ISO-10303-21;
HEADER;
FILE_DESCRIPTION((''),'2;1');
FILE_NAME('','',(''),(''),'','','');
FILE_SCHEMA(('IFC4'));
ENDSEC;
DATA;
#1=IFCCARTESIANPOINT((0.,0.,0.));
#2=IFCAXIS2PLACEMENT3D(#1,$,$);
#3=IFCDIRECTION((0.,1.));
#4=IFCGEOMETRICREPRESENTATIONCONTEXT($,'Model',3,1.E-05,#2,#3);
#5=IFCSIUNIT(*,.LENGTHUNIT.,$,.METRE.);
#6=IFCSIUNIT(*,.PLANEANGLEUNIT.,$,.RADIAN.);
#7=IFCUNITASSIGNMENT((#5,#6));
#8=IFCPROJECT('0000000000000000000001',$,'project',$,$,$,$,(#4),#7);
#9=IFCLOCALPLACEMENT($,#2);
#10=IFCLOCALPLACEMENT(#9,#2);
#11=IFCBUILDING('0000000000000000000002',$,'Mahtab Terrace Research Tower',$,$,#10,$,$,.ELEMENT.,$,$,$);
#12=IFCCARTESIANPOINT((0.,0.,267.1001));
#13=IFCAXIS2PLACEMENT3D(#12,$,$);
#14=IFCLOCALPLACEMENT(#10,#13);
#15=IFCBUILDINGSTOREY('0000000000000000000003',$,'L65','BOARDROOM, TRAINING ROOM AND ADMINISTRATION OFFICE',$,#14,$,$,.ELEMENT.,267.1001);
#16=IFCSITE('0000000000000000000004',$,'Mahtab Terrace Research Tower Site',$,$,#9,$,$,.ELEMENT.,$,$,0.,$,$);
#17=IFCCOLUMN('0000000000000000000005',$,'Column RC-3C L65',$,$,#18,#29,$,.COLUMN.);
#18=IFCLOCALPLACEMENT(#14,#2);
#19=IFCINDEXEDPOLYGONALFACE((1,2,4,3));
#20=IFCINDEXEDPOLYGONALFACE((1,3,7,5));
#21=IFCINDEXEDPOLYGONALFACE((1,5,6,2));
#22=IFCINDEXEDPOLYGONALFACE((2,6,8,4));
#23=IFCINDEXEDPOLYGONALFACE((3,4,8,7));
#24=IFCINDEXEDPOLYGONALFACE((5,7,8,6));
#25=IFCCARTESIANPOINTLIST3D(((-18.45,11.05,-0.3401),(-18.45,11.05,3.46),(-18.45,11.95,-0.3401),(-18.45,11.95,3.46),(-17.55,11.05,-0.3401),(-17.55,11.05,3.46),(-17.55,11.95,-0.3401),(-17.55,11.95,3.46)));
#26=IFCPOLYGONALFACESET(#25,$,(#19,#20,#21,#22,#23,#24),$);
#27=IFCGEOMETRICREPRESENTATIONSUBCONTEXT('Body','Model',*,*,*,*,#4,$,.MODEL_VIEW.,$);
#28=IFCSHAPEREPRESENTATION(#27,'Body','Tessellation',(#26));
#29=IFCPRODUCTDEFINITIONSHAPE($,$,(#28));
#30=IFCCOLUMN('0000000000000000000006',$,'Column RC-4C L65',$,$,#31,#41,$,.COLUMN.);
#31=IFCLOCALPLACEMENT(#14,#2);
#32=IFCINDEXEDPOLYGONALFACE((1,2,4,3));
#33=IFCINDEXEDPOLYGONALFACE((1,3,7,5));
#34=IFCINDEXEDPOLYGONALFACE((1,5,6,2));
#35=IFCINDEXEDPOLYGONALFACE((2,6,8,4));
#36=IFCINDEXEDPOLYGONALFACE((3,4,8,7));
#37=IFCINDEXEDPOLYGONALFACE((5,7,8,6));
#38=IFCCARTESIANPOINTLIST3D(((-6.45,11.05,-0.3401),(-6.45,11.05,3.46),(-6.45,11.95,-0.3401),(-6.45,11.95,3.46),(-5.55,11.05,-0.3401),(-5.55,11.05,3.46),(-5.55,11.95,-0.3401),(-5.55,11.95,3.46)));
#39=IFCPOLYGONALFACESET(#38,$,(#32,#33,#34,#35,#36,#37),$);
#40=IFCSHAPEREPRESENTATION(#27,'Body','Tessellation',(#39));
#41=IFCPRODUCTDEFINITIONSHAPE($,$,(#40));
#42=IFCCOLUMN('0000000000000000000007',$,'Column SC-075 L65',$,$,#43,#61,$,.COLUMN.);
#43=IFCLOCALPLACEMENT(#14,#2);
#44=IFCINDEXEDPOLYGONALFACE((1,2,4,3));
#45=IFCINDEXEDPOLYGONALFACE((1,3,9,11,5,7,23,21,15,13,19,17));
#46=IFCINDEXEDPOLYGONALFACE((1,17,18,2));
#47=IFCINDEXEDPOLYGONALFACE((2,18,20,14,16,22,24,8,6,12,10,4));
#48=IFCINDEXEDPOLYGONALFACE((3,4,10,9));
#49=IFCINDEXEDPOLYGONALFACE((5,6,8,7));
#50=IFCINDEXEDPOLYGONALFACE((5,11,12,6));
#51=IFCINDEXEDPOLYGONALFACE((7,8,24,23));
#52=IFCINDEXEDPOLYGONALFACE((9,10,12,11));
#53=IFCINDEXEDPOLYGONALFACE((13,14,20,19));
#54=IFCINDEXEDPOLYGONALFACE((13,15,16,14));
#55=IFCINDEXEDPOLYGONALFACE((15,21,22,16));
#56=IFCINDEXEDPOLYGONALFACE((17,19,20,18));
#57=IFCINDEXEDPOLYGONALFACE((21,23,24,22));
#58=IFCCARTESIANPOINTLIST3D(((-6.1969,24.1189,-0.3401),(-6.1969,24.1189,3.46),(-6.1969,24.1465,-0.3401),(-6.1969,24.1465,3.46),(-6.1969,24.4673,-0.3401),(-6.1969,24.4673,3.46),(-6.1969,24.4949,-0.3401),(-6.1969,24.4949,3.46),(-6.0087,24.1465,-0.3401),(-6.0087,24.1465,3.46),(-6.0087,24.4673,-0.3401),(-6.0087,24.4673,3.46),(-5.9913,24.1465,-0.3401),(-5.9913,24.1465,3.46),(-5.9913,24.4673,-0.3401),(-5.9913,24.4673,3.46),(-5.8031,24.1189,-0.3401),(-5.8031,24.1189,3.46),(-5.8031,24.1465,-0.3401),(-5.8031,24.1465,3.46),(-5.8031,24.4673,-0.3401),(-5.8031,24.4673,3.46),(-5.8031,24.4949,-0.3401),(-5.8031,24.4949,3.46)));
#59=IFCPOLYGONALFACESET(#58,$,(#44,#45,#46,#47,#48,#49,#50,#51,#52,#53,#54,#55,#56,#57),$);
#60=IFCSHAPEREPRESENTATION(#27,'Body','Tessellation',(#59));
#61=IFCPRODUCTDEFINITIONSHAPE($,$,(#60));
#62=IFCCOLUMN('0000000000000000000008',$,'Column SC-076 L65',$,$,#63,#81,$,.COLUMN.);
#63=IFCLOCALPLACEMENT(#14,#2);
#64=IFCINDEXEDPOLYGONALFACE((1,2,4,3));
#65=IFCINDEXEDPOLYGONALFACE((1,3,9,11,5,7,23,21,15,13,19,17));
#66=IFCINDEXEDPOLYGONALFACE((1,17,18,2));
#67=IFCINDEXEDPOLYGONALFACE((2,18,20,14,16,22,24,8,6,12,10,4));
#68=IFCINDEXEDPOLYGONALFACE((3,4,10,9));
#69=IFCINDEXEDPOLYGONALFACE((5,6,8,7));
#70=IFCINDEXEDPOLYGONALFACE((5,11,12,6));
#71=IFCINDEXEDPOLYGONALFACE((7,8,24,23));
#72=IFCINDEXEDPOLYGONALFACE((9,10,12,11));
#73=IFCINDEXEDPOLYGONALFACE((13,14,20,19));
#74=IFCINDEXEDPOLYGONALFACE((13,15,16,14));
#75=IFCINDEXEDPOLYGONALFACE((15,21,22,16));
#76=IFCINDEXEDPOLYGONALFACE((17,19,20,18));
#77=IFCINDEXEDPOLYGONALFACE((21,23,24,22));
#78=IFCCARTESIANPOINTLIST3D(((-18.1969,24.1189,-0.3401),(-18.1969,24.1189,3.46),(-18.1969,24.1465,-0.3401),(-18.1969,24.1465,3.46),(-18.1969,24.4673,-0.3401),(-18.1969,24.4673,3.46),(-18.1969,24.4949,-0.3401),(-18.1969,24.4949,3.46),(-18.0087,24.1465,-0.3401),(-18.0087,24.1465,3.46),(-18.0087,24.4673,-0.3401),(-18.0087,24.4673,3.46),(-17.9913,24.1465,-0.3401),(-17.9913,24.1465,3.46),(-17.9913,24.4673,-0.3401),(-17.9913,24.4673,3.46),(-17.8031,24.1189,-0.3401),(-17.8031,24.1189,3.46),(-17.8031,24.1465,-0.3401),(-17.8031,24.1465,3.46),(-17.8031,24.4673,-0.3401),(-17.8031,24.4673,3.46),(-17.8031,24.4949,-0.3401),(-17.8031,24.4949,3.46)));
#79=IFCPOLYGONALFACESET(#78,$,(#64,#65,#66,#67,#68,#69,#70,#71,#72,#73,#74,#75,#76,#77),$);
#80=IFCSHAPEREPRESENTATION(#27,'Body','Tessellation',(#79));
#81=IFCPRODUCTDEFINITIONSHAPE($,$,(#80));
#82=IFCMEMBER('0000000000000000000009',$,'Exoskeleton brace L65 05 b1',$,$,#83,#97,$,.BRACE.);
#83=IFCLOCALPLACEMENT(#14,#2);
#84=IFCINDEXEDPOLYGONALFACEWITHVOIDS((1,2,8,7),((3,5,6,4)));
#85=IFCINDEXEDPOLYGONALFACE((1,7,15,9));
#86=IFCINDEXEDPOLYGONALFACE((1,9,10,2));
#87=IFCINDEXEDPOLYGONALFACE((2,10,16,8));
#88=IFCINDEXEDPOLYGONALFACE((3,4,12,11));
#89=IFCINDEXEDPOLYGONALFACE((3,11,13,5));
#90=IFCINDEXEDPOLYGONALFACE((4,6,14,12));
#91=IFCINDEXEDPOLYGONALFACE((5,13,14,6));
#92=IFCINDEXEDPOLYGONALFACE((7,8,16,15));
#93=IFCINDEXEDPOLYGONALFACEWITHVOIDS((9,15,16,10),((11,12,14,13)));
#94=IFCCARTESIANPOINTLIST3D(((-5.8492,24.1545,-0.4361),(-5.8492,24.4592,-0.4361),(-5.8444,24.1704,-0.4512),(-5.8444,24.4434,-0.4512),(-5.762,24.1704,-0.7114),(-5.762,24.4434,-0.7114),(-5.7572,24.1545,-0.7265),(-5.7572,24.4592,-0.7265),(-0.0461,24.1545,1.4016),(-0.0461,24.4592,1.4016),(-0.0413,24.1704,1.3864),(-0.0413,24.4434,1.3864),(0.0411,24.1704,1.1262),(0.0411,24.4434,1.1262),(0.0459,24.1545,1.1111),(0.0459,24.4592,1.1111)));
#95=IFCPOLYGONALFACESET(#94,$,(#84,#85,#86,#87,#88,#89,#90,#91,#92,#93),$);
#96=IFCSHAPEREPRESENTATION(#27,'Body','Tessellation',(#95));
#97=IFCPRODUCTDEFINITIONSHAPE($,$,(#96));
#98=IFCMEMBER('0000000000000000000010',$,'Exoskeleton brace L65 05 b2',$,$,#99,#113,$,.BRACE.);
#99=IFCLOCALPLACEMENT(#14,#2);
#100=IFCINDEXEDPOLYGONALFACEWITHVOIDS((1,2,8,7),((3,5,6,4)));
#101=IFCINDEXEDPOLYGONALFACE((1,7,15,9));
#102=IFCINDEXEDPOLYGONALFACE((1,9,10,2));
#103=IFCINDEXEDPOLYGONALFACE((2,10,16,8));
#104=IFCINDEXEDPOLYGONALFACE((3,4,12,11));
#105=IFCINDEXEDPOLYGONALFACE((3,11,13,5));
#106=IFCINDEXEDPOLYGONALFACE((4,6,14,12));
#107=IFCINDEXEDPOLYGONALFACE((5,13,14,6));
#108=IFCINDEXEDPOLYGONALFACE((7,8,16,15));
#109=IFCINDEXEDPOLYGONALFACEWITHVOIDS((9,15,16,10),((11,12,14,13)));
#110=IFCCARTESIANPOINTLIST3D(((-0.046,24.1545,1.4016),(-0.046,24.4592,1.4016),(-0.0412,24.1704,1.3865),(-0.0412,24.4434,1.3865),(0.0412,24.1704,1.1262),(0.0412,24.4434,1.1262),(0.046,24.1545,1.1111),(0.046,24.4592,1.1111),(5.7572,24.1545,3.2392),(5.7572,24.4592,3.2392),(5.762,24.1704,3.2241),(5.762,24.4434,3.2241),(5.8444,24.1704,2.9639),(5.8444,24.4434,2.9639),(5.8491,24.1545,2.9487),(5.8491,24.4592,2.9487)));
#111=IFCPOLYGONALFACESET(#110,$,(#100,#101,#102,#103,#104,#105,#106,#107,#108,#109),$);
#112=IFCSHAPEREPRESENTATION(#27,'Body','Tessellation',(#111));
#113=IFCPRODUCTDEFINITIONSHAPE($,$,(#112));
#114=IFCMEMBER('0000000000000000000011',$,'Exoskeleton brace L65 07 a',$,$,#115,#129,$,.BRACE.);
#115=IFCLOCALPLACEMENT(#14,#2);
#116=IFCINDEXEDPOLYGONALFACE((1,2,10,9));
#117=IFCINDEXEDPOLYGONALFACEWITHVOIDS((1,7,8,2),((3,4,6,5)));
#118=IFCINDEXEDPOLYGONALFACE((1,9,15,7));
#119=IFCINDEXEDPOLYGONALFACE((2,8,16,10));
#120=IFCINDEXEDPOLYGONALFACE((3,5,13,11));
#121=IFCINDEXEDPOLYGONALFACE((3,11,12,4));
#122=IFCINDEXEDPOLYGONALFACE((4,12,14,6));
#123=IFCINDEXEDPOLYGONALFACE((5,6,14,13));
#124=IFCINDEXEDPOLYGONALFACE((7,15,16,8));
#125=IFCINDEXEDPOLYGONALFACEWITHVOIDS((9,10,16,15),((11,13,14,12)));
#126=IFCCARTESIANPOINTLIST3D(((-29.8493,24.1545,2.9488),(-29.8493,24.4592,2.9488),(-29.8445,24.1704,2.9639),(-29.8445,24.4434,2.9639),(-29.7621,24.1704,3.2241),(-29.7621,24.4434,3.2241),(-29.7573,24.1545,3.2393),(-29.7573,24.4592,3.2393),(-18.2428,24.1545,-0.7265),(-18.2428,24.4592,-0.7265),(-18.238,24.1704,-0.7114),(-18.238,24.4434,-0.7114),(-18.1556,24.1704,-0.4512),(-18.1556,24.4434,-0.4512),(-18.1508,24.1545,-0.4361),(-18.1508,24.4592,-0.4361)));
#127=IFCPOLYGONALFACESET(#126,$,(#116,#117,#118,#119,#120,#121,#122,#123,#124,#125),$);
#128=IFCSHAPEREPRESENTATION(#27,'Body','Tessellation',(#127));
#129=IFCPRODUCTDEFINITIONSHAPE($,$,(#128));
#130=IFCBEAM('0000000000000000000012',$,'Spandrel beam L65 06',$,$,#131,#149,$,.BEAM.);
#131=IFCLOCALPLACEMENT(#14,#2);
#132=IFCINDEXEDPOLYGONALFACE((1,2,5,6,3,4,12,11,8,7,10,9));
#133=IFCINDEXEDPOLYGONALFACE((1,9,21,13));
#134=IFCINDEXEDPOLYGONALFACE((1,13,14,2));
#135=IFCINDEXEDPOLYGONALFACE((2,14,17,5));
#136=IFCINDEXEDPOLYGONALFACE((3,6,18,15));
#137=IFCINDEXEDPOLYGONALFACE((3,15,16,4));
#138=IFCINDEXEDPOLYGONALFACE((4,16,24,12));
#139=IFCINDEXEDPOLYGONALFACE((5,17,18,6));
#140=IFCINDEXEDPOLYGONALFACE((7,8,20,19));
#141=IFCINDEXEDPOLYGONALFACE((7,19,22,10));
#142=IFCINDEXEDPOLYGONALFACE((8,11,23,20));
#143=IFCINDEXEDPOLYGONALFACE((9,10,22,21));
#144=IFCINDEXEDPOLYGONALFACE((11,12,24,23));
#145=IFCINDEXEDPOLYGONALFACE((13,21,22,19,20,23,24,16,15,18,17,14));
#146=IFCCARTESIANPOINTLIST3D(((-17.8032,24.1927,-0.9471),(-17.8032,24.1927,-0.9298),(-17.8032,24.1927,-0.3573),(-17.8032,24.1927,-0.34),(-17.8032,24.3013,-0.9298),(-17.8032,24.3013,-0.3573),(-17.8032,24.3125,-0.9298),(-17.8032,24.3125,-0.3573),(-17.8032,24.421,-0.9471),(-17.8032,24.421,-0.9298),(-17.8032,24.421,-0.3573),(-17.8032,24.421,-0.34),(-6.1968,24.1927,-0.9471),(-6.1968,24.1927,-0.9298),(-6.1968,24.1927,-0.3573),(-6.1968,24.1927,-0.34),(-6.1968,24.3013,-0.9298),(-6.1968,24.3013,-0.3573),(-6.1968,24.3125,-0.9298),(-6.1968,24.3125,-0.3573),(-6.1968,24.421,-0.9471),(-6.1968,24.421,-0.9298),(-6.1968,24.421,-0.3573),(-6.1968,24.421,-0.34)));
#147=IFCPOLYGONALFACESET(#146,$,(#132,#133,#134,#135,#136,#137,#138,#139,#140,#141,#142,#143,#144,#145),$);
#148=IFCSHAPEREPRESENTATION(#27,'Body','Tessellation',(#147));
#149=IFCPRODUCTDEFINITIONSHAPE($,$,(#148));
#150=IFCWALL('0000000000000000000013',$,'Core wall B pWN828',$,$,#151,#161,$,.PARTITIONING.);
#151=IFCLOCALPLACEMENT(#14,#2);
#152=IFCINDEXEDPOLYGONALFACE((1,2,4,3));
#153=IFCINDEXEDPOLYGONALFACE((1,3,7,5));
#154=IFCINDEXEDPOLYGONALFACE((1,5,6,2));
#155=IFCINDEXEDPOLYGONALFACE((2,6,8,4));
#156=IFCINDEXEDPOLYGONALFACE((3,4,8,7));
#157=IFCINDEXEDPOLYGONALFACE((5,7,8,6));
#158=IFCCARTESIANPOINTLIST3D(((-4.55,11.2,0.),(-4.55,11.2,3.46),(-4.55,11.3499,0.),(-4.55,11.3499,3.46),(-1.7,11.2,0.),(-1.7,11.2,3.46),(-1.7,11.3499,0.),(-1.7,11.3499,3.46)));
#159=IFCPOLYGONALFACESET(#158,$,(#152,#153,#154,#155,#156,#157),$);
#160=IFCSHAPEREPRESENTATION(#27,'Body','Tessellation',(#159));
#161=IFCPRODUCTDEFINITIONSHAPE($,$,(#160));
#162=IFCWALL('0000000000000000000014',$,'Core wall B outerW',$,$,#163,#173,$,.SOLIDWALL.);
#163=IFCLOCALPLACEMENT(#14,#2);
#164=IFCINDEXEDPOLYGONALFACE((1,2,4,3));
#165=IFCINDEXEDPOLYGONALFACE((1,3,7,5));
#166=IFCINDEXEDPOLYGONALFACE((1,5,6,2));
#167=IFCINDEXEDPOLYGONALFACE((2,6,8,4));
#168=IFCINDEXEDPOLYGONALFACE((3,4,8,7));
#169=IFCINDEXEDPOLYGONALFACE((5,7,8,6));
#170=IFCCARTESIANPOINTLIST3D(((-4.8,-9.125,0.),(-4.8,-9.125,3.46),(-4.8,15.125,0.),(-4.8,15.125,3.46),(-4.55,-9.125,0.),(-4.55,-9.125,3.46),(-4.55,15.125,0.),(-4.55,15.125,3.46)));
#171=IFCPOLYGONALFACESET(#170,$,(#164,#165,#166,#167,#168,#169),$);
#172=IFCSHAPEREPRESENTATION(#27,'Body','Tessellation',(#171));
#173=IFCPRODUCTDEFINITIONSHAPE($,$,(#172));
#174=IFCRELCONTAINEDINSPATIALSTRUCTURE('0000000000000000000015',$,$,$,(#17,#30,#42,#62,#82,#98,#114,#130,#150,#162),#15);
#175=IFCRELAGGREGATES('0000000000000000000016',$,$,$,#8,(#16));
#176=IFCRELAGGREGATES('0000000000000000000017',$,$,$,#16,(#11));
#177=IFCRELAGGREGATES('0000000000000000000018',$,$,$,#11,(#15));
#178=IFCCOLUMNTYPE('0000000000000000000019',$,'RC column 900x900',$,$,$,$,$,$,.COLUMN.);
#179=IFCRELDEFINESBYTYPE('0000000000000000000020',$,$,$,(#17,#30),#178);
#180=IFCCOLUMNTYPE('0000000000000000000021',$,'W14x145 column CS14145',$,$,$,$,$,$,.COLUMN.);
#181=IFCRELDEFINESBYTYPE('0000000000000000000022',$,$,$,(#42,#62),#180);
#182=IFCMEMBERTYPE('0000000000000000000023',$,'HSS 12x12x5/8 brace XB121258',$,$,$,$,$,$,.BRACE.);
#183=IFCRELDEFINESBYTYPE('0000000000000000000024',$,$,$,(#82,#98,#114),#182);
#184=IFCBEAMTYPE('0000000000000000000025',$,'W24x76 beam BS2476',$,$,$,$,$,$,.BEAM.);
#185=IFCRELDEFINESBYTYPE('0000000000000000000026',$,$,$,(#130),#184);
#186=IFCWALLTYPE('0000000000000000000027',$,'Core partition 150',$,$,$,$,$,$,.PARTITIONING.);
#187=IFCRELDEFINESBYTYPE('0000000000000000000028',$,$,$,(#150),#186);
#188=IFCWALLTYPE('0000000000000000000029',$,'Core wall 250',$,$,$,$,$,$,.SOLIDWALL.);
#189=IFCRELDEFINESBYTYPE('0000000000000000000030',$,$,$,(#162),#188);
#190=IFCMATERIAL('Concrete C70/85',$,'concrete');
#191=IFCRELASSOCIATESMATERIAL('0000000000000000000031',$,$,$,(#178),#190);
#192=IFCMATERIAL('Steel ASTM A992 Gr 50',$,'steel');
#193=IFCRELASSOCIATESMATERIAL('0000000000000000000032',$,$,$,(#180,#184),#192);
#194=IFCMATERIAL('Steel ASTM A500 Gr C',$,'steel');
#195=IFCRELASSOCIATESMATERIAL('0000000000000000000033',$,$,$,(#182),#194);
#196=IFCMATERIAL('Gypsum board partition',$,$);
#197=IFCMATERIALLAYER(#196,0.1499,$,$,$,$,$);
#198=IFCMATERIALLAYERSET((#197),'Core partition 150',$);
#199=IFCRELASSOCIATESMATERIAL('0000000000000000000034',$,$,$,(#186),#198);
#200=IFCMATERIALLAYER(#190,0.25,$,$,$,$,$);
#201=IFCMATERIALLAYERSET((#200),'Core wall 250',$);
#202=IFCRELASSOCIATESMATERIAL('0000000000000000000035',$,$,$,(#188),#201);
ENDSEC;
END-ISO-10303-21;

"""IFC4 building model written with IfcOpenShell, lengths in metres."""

from ifc_helpers import new_model, si_unit, direction, frame, frame_2d, origin, origin_2d, place, context, subcontext, project, spatial, rectangle, hollow_rectangle, i_section, extrude, material, layer, layer_set, material_profile, profile_set, type_object, element, save


model = new_model("IFC4")

# Units and contexts
model_context = context("Model", 3, precision=1e-05, world=origin(), true_north=direction((0.0, 1.0)))
body_context = subcontext(model_context, "Body", "Model", "MODEL_VIEW")
ifc_project = project(units=[si_unit("LENGTHUNIT", "METRE"), si_unit("PLANEANGLEUNIT", "RADIAN")], contexts=[model_context])

# Site, building, storey
site_placement = place(None, origin())
site = spatial("IfcSite", under=ifc_project, at=site_placement, Name="Mahtab Terrace Research Tower Site", CompositionType="ELEMENT", RefElevation=0.0)
building_placement = place(site_placement, origin())
building = spatial("IfcBuilding", under=site, at=building_placement, Name="Mahtab Terrace Research Tower", CompositionType="ELEMENT")
storey_placement = place(building_placement, frame((0.0, 0.0, 267.1001)))
storey = spatial("IfcBuildingStorey", under=building, at=storey_placement, Name="L65", Description="BOARDROOM, TRAINING ROOM AND ADMINISTRATION OFFICE", CompositionType="ELEMENT", Elevation=267.1001)

# Columns
ifc_material_1 = material(Name="Concrete C70/85", Category="concrete")
ifc_material_profile_1 = material_profile(ifc_material_1, rectangle(XDim=0.8999, YDim=0.8999, at=origin_2d()), Name="RC column 900x900")
ifc_profile_set_1 = profile_set([ifc_material_profile_1], Name="Concrete C70/85")
column_type_1 = type_object("IfcColumnType", Name="RC column 900x900", PredefinedType="COLUMN", material=ifc_profile_set_1)
for number, where, z_axis, x_axis, name in (
    (1, (-18.0, 11.5, -0.3401), (0.0, 0.0, 1.0), (1.0, 0.0, 0.0), "Column RC-3C L65"),
    (2, (-6.0, 11.5, -0.3401), (0.0, 0.0, 1.0), (1.0, 0.0, 0.0), "Column RC-4C L65"),
):
    element("IfcColumn", number, at=place(storey_placement, frame(where, z_axis=z_axis, x_axis=x_axis)), inside=storey, type_object=column_type_1, Name=name, PredefinedType="COLUMN", context=body_context, shape_type="SweptSolid", body=[
        extrude(rectangle(XDim=0.8999, YDim=0.8999, at=origin_2d()), origin(), (0.0, 0.0, 1.0), 3.8),
    ])
ifc_material_2 = material(Name="Steel ASTM A992 Gr 50", Category="steel")
ifc_material_profile_2 = material_profile(ifc_material_2, i_section(OverallWidth=0.3938, OverallDepth=0.376, WebThickness=0.0173, FlangeThickness=0.0276, at=origin_2d()), Name="W14X145")
ifc_profile_set_2 = profile_set([ifc_material_profile_2], Name="Steel ASTM A992 Gr 50")
column_type_2 = type_object("IfcColumnType", Name="W14x145 column CS14145", PredefinedType="COLUMN", material=ifc_profile_set_2)
for number, where, z_axis, x_axis, name in (
    (3, (-6.0, 24.3069, -0.3401), (0.0, 0.0, 1.0), (1.0, 0.0, 0.0), "Column SC-075 L65"),
    (4, (-18.0, 24.3069, -0.3401), (0.0, 0.0, 1.0), (1.0, 0.0, 0.0), "Column SC-076 L65"),
):
    element("IfcColumn", number, at=place(storey_placement, frame(where, z_axis=z_axis, x_axis=x_axis)), inside=storey, type_object=column_type_2, Name=name, PredefinedType="COLUMN", context=body_context, shape_type="SweptSolid", body=[
        extrude(i_section(OverallWidth=0.3938, OverallDepth=0.376, WebThickness=0.0173, FlangeThickness=0.0276, at=origin_2d()), origin(), (0.0, 0.0, 1.0), 3.8),
    ])

# Members
ifc_material_3 = material(Name="Steel ASTM A500 Gr C", Category="steel")
ifc_material_profile_3 = material_profile(ifc_material_3, hollow_rectangle(XDim=0.3047, YDim=0.3047, WallThickness=0.0159, at=origin_2d()), Name="HSS12X12X5/8")
ifc_profile_set_3 = profile_set([ifc_material_profile_3], Name="Steel ASTM A500 Gr C")
member_type = type_object("IfcMemberType", Name="HSS 12x12x5/8 brace XB121258", PredefinedType="BRACE", material=ifc_profile_set_3)
for number, where, z_axis, x_axis, name in (
    (5, (-5.8032, 24.3069, -0.5813), (0.953344, 0.0, 0.301886), (0.0, 1.0, 0.0), "Exoskeleton brace L65 05 b1"),
    (6, (0.0, 24.3069, 1.2563), (0.953344, 0.0, 0.301886), (0.0, 1.0, 0.0), "Exoskeleton brace L65 05 b2"),
):
    element("IfcMember", number, at=place(storey_placement, frame(where, z_axis=z_axis, x_axis=x_axis)), inside=storey, type_object=member_type, Name=name, PredefinedType="BRACE", context=body_context, shape_type="SweptSolid", body=[
        extrude(hollow_rectangle(XDim=0.3047, YDim=0.3047, WallThickness=0.0159, at=origin_2d()), origin(), (0.0, 0.0, 1.0), 6.0872),
    ])
member_placement = place(storey_placement, frame((-18.1968, 24.3069, -0.5813), z_axis=(-0.953344, 0.0, 0.301886), x_axis=(0.0, -1.0, 0.0)))
element("IfcMember", 7, at=member_placement, inside=storey, type_object=member_type, Name="Exoskeleton brace L65 07 a", PredefinedType="BRACE", context=body_context, shape_type="SweptSolid", body=[
    extrude(hollow_rectangle(XDim=0.3047, YDim=0.3047, WallThickness=0.0159, at=origin_2d()), origin(), (0.0, 0.0, 1.0), 12.1746),
])

# Beam
ifc_material_profile_4 = material_profile(ifc_material_2, i_section(OverallWidth=0.2283, OverallDepth=0.6072, WebThickness=0.0112, FlangeThickness=0.0173, at=origin_2d()), Name="W24X76")
ifc_profile_set_4 = profile_set([ifc_material_profile_4], Name="Steel ASTM A992 Gr 50")
beam_type = type_object("IfcBeamType", Name="W24x76 beam BS2476", PredefinedType="BEAM", material=ifc_profile_set_4)
beam_placement = place(storey_placement, frame((-6.1968, 24.3069, -0.6436), z_axis=(-1.0, 0.0, 0.0), x_axis=(0.0, -1.0, 0.0)))
element("IfcBeam", 8, at=beam_placement, inside=storey, type_object=beam_type, Name="Spandrel beam L65 06", PredefinedType="BEAM", context=body_context, shape_type="SweptSolid", body=[
    extrude(i_section(OverallWidth=0.2283, OverallDepth=0.6072, WebThickness=0.0112, FlangeThickness=0.0173, at=origin_2d()), origin(), (0.0, 0.0, 1.0), 11.6064),
])

# Walls
ifc_material_4 = material(Name="Gypsum board partition")
ifc_layer_1 = layer(ifc_material_4, 0.1499)
ifc_layer_set_1 = layer_set([ifc_layer_1], Name="Core partition 150")
wall_type_1 = type_object("IfcWallType", Name="Core partition 150", PredefinedType="PARTITIONING", material=ifc_layer_set_1)
wall_1_placement = place(storey_placement, frame((-4.55, 11.2749, 0.0), z_axis=(0.0, 0.0, 1.0), x_axis=(1.0, 0.0, 0.0)))
element("IfcWall", 9, at=wall_1_placement, inside=storey, type_object=wall_type_1, Name="Core wall B pWN828", PredefinedType="PARTITIONING", context=body_context, shape_type="SweptSolid", body=[
    extrude(rectangle(XDim=2.8501, YDim=0.1499, at=frame_2d((1.425, 0.0))), origin(), (0.0, 0.0, 1.0), 3.46),
])
ifc_layer_2 = layer(ifc_material_1, 0.25)
ifc_layer_set_2 = layer_set([ifc_layer_2], Name="Core wall 250")
wall_type_2 = type_object("IfcWallType", Name="Core wall 250", PredefinedType="SOLIDWALL", material=ifc_layer_set_2)
wall_2_placement = place(storey_placement, frame((-4.675, 15.125, 0.0), z_axis=(0.0, 0.0, 1.0), x_axis=(0.0, -1.0, 0.0)))
element("IfcWall", 10, at=wall_2_placement, inside=storey, type_object=wall_type_2, Name="Core wall B outerW", PredefinedType="SOLIDWALL", context=body_context, shape_type="SweptSolid", body=[
    extrude(rectangle(XDim=24.25, YDim=0.25, at=frame_2d((12.125, 0.0))), origin(), (0.0, 0.0, 1.0), 3.46),
])

save(model, "model.ifc")
